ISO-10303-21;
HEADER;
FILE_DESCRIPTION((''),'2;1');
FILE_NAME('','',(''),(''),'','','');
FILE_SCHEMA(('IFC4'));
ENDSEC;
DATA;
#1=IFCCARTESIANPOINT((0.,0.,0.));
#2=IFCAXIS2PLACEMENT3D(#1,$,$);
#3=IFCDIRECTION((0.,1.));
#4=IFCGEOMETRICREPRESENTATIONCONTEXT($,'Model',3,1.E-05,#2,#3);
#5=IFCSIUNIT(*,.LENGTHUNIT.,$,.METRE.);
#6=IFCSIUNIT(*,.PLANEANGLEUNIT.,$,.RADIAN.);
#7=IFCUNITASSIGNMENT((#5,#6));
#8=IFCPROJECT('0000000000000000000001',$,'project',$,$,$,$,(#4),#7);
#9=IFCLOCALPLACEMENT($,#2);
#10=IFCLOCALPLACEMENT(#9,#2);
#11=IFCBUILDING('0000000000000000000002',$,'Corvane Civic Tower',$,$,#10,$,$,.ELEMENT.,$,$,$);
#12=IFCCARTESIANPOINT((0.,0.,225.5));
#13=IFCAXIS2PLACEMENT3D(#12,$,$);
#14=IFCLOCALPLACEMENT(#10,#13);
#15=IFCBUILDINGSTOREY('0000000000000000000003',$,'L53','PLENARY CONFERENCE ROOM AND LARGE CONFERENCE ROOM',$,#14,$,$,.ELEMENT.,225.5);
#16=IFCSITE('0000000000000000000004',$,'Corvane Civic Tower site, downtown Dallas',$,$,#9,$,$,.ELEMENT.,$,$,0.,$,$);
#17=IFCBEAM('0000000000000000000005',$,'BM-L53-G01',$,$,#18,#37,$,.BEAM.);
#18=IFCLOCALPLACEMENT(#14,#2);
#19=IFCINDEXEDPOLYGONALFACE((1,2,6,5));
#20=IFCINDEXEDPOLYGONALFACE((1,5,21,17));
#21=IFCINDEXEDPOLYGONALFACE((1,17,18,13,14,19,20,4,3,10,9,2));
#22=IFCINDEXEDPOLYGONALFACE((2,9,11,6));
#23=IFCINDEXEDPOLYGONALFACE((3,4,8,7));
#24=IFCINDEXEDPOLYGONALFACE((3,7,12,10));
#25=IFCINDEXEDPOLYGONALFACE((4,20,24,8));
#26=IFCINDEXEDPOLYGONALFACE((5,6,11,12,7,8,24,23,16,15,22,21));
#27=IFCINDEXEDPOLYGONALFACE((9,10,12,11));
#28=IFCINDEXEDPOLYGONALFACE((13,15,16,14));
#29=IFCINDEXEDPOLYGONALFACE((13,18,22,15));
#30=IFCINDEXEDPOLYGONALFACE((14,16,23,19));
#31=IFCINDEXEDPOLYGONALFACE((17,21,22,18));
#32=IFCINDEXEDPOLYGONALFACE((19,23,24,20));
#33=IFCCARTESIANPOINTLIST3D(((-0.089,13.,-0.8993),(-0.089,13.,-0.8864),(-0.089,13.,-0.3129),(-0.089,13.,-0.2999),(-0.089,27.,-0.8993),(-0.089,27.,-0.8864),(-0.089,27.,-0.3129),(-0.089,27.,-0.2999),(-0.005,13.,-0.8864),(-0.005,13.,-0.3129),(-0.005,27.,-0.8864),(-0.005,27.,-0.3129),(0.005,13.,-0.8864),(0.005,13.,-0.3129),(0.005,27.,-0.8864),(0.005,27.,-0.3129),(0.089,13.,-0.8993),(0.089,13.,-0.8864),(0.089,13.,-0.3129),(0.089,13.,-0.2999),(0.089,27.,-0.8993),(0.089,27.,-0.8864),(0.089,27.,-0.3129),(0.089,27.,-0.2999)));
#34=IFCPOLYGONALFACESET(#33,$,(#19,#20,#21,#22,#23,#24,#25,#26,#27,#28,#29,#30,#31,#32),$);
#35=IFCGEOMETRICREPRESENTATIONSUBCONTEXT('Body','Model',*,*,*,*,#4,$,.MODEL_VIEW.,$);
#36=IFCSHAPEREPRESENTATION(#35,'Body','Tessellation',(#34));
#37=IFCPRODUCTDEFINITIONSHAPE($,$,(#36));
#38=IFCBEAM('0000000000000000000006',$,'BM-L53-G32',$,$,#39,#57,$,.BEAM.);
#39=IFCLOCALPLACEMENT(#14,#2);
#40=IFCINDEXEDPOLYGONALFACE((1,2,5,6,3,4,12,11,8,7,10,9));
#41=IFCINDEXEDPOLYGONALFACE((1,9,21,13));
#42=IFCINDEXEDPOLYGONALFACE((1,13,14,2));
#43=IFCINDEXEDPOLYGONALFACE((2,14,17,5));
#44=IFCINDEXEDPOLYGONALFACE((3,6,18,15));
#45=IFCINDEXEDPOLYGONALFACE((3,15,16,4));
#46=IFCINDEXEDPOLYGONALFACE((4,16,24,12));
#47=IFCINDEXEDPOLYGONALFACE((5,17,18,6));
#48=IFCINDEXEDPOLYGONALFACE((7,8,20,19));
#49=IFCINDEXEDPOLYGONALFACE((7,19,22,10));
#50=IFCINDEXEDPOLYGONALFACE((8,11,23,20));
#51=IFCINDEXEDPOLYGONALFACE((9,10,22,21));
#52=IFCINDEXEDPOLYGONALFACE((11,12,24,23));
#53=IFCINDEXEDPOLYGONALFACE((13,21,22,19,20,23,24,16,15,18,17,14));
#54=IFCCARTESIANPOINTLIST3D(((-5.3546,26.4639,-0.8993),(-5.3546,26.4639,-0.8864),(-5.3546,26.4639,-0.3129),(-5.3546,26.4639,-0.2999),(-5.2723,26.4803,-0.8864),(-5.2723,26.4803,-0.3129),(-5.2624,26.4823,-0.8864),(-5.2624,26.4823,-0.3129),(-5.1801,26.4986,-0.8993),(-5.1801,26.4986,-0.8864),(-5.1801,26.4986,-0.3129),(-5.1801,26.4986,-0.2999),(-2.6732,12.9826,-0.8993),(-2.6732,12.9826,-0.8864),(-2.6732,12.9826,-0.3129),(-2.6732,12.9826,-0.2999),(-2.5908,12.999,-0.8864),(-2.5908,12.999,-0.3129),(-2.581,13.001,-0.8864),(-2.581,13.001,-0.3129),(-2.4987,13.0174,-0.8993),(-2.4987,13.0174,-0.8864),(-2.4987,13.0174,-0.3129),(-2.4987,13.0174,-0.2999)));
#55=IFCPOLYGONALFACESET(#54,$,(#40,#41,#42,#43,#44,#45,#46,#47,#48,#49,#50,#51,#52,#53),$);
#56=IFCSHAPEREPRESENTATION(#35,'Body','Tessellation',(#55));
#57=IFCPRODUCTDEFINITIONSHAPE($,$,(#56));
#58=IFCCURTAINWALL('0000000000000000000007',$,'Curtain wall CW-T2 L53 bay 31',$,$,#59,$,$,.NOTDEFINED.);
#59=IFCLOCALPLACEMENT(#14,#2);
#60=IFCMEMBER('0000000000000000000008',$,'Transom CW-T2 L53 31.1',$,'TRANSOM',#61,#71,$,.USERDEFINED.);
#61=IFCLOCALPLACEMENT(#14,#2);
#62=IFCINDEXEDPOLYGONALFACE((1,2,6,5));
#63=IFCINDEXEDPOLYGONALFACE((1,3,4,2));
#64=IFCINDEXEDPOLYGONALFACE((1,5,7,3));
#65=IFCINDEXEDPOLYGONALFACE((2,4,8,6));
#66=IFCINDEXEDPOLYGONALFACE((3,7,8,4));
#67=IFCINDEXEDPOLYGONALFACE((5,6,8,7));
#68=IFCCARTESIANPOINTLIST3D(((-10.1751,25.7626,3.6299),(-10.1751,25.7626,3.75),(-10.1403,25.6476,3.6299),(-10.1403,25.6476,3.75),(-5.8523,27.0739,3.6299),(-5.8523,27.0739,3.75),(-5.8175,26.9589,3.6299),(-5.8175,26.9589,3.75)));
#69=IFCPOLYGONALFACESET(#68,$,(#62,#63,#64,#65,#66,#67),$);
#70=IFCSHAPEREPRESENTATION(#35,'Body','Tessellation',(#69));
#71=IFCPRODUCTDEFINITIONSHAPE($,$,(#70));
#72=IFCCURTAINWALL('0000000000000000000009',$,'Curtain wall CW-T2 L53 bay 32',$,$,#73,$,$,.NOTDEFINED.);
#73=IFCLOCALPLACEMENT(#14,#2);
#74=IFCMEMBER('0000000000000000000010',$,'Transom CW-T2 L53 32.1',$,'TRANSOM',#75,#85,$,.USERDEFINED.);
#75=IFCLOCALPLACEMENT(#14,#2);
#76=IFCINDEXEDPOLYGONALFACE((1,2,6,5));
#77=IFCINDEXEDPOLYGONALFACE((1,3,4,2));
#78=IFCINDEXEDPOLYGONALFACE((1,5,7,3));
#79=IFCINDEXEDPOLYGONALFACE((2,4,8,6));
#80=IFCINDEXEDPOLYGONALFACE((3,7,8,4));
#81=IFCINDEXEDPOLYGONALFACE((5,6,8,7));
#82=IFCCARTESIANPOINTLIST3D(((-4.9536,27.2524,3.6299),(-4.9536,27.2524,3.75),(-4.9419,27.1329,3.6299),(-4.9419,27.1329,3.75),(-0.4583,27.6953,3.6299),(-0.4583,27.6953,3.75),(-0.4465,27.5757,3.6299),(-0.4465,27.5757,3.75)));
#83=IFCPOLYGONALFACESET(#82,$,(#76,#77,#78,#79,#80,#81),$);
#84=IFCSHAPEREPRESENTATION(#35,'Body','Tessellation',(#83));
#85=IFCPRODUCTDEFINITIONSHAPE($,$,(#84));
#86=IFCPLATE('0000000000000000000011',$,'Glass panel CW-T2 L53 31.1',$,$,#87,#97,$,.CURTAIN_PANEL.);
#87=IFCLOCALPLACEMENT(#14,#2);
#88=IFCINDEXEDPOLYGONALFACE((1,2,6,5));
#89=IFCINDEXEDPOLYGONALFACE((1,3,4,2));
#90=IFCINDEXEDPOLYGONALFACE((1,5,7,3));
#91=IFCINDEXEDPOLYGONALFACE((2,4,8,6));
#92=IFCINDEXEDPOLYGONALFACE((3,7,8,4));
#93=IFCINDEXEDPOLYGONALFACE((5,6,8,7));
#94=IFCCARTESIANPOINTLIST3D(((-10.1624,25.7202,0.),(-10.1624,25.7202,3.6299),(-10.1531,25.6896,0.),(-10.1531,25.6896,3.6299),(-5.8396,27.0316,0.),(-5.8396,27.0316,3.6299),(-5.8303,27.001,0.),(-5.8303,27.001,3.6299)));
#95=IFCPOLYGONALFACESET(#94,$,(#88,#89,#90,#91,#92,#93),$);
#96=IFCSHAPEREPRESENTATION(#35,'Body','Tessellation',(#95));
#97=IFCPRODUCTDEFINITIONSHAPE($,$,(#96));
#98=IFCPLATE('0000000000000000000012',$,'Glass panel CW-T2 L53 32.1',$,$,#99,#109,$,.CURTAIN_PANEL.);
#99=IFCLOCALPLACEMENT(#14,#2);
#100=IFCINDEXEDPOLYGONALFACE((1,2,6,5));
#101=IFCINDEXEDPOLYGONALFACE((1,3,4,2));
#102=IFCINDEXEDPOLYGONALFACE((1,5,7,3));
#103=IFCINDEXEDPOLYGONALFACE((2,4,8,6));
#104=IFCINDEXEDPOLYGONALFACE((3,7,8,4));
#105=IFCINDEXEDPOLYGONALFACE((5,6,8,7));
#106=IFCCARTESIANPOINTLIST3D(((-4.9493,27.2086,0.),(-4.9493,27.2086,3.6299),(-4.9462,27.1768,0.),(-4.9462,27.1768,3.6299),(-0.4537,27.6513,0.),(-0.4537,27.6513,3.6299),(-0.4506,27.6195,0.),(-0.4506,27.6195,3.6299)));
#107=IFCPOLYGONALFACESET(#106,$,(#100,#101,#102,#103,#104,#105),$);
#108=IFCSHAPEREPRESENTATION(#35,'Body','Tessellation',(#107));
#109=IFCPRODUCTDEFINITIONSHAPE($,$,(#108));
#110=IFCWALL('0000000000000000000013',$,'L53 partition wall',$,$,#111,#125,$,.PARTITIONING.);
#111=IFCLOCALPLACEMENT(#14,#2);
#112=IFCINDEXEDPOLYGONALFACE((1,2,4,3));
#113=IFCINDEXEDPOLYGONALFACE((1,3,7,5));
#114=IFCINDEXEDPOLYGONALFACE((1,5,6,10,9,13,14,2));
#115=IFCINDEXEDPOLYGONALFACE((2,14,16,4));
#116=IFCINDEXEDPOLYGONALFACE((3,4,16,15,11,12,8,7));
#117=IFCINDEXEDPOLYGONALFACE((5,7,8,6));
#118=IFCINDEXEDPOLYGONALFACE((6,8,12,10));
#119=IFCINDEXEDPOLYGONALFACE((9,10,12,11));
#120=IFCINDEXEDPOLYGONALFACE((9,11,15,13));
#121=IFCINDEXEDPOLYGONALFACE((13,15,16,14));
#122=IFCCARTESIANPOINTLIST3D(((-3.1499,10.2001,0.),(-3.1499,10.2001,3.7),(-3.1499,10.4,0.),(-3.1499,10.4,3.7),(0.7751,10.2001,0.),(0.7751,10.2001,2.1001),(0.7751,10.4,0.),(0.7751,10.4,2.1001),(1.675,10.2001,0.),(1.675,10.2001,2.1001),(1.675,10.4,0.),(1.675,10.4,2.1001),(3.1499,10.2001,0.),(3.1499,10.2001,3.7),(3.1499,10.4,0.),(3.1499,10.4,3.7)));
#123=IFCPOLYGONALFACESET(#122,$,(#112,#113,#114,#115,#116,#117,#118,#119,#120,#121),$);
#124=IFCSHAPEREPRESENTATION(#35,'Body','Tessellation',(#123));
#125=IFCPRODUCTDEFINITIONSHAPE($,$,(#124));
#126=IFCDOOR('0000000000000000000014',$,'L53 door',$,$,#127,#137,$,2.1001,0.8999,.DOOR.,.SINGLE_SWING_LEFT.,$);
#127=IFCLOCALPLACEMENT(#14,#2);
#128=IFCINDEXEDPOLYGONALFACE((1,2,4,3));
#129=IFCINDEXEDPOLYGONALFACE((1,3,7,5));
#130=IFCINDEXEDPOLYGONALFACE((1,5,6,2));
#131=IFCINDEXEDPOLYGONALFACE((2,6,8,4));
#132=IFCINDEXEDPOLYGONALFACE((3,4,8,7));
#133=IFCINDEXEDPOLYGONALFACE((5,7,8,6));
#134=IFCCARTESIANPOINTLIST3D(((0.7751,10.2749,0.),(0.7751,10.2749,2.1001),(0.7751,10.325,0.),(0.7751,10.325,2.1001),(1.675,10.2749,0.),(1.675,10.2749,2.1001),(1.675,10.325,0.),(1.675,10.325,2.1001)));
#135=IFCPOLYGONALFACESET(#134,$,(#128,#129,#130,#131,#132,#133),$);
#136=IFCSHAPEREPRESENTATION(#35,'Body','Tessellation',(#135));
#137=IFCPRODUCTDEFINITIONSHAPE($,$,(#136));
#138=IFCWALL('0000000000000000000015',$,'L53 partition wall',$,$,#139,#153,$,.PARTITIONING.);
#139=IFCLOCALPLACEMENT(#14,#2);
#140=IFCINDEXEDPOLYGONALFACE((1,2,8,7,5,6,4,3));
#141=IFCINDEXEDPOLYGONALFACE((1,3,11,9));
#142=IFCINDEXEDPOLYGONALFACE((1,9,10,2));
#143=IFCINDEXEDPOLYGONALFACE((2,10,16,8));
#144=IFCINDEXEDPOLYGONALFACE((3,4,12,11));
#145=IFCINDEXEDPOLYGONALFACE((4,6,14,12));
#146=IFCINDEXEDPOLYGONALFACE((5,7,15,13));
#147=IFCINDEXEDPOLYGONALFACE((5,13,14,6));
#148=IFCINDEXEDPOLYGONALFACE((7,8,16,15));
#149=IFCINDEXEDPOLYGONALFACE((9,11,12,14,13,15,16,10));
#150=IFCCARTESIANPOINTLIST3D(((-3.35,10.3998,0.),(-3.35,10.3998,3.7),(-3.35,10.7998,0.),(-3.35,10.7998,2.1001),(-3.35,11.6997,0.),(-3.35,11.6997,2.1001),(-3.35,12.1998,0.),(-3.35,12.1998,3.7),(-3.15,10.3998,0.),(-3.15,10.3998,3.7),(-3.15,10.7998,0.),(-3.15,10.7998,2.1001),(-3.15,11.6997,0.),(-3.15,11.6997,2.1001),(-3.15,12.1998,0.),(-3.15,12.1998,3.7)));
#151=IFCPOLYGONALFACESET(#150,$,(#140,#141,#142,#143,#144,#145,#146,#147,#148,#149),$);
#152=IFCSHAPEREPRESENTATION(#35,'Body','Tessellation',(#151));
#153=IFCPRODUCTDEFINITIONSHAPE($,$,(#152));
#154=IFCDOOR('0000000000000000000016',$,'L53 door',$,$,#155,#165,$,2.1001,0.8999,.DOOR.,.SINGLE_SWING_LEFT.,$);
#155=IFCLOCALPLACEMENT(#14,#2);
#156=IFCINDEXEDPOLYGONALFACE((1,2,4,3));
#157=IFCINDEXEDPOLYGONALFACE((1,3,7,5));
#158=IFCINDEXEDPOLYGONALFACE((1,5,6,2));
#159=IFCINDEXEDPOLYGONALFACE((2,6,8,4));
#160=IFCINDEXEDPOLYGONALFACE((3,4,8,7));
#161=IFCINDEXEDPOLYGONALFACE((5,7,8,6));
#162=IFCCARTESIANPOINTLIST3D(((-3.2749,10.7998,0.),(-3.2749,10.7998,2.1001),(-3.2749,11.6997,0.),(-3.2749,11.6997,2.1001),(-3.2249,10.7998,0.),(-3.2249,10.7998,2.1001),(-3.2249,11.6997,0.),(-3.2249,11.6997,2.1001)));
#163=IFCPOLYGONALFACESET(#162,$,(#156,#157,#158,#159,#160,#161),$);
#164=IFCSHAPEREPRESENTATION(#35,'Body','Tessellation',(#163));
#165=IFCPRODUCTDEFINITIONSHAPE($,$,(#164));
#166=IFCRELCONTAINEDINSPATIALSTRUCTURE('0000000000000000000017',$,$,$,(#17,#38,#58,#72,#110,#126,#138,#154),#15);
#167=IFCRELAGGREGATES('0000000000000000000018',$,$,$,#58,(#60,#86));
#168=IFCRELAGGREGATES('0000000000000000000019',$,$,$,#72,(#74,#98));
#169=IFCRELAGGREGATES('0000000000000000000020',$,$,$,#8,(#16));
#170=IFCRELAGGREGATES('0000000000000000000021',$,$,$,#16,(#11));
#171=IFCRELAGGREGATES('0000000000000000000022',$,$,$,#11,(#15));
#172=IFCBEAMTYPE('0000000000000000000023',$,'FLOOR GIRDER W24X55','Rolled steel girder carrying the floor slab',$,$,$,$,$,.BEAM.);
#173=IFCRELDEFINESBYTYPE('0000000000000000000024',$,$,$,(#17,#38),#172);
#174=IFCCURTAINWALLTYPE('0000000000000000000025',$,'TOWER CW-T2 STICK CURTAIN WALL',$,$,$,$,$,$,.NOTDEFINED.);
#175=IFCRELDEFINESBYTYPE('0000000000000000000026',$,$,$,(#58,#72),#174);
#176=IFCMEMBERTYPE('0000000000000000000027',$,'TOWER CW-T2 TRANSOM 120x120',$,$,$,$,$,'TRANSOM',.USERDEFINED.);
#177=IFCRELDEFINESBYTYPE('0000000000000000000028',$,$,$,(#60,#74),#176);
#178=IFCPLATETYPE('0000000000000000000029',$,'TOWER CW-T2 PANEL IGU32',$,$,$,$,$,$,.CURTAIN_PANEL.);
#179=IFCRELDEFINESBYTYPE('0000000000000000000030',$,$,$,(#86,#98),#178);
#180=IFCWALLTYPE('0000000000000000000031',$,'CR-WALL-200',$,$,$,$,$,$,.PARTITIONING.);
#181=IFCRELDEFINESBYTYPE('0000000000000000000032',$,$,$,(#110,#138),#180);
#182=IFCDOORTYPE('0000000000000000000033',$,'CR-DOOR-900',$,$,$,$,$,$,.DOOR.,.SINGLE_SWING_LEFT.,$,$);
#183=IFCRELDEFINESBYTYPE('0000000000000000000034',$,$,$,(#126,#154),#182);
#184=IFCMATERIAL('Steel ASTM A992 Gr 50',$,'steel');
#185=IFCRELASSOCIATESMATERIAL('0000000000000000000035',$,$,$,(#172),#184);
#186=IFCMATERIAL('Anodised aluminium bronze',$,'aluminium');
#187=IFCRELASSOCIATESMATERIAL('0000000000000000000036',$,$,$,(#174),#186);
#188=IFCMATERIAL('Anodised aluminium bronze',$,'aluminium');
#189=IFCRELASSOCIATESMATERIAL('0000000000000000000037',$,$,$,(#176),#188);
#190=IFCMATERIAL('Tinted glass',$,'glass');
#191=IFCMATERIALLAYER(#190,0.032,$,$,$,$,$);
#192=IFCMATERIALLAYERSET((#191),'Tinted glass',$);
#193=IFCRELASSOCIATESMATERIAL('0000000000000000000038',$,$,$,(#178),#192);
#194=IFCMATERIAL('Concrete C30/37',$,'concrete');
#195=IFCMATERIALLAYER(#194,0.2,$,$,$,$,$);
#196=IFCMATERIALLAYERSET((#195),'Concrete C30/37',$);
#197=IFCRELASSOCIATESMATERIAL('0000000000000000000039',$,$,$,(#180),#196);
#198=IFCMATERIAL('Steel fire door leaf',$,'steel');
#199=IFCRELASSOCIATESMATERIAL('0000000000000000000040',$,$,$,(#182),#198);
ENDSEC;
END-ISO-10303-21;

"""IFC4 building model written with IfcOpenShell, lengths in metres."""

from ifc_helpers import new_model, si_unit, direction, frame, frame_2d, origin, origin_2d, place, context, subcontext, project, spatial, rectangle, i_section, extrude, material, layer, layer_set, material_profile, profile_set, type_object, element, fill, aggregate, save


model = new_model("IFC4")

# Units and contexts
model_context = context("Model", 3, precision=1e-05, world=origin(), true_north=direction((0.0, 1.0)))
body_context = subcontext(model_context, "Body", "Model", "MODEL_VIEW")
ifc_project = project(units=[si_unit("LENGTHUNIT", "METRE"), si_unit("PLANEANGLEUNIT", "RADIAN")], contexts=[model_context])

# Site, building, storey
site_placement = place(None, origin())
site = spatial("IfcSite", under=ifc_project, at=site_placement, Name="Corvane Civic Tower site, downtown Dallas", CompositionType="ELEMENT", RefElevation=0.0)
building_placement = place(site_placement, origin())
building = spatial("IfcBuilding", under=site, at=building_placement, Name="Corvane Civic Tower", CompositionType="ELEMENT")
storey_placement = place(building_placement, frame((0.0, 0.0, 225.5)))
storey = spatial("IfcBuildingStorey", under=building, at=storey_placement, Name="L53", Description="PLENARY CONFERENCE ROOM AND LARGE CONFERENCE ROOM", CompositionType="ELEMENT", Elevation=225.5)

# Beams
ifc_material_1 = material(Name="Steel ASTM A992 Gr 50", Category="steel")
ifc_material_profile_1 = material_profile(ifc_material_1, i_section(OverallWidth=0.178, OverallDepth=0.5994, WebThickness=0.01, FlangeThickness=0.0129, at=origin_2d()), Name="W24X55")
ifc_profile_set_1 = profile_set([ifc_material_profile_1], Name="Steel ASTM A992 Gr 50")
beam_type_1 = type_object("IfcBeamType", Name="FLOOR GIRDER W24X55", Description="Rolled steel girder carrying the floor slab", PredefinedType="BEAM", material=ifc_profile_set_1)
beam_1_placement = place(storey_placement, frame((0.0, 13.0, -0.5996), z_axis=(0.0, 1.0, 0.0), x_axis=(-1.0, 0.0, 0.0)))
element("IfcBeam", 1, at=beam_1_placement, inside=storey, type_object=beam_type_1, Name="BM-L53-G01", PredefinedType="BEAM", context=body_context, shape_type="SweptSolid", body=[
    extrude(i_section(OverallWidth=0.178, OverallDepth=0.5994, WebThickness=0.01, FlangeThickness=0.0129, at=origin_2d()), origin(), (0.0, 0.0, 1.0), 14.0),
])
beam_2_placement = place(storey_placement, frame((-2.5859, 13.0, -0.5996), z_axis=(-0.195078, 0.980788, 0.0), x_axis=(-0.980788, -0.195078, 0.0)))
element("IfcBeam", 2, at=beam_2_placement, inside=storey, type_object=beam_type_1, Name="BM-L53-G32", PredefinedType="BEAM", context=body_context, shape_type="SweptSolid", body=[
    extrude(i_section(OverallWidth=0.178, OverallDepth=0.5994, WebThickness=0.01, FlangeThickness=0.0129, at=origin_2d()), origin(), (0.0, 0.0, 1.0), 13.7454),
])

# Curtain walls, members
ifc_material_2 = material(Name="Anodised aluminium bronze", Category="aluminium")
curtain_wall_type = type_object("IfcCurtainWallType", Name="TOWER CW-T2 STICK CURTAIN WALL", PredefinedType="NOTDEFINED", material=ifc_material_2)
curtain_wall_1_placement = place(storey_placement, origin())
curtain_wall_1 = element("IfcCurtainWall", 3, at=curtain_wall_1_placement, inside=storey, type_object=curtain_wall_type, Name="Curtain wall CW-T2 L53 bay 31", PredefinedType="NOTDEFINED")
ifc_material_3 = material(Name="Anodised aluminium bronze", Category="aluminium")
ifc_material_profile_2 = material_profile(ifc_material_3, rectangle(XDim=0.1201, YDim=0.1201, at=origin_2d()), Name="TOWER CW-T2 TRANSOM 120x120")
ifc_profile_set_2 = profile_set([ifc_material_profile_2], Name="Anodised aluminium bronze")
member_type = type_object("IfcMemberType", Name="TOWER CW-T2 TRANSOM 120x120", ElementType="TRANSOM", PredefinedType="USERDEFINED", material=ifc_profile_set_2)
member_1_placement = place(storey_placement, frame((-10.1577, 25.7051, 3.6899), z_axis=(0.956941, 0.290282, 0.0), x_axis=(-0.290282, 0.956941, 0.0)))
member_1 = element("IfcMember", 4, at=member_1_placement, type_object=member_type, Name="Transom CW-T2 L53 31.1", ObjectType="TRANSOM", PredefinedType="USERDEFINED", context=body_context, shape_type="SweptSolid", body=[
    extrude(rectangle(XDim=0.1201, YDim=0.1201, at=origin_2d()), origin(), (0.0, 0.0, 1.0), 4.5173),
])
curtain_wall_2_placement = place(storey_placement, origin())
curtain_wall_2 = element("IfcCurtainWall", 5, at=curtain_wall_2_placement, inside=storey, type_object=curtain_wall_type, Name="Curtain wall CW-T2 L53 bay 32", PredefinedType="NOTDEFINED")
member_2_placement = place(storey_placement, frame((-4.9478, 27.1926, 3.6899), z_axis=(0.995182, 0.098043, 0.0), x_axis=(-0.098043, 0.995182, 0.0)))
member_2 = element("IfcMember", 6, at=member_2_placement, type_object=member_type, Name="Transom CW-T2 L53 32.1", ObjectType="TRANSOM", PredefinedType="USERDEFINED", context=body_context, shape_type="SweptSolid", body=[
    extrude(rectangle(XDim=0.1201, YDim=0.1201, at=origin_2d()), origin(), (0.0, 0.0, 1.0), 4.5171),
])

# Plates
ifc_material_4 = material(Name="Tinted glass", Category="glass")
ifc_layer_1 = layer(ifc_material_4, 0.032)
ifc_layer_set_1 = layer_set([ifc_layer_1], Name="Tinted glass")
plate_type = type_object("IfcPlateType", Name="TOWER CW-T2 PANEL IGU32", PredefinedType="CURTAIN_PANEL", material=ifc_layer_set_1)
plate_1_placement = place(storey_placement, frame((-7.9963, 26.3606, 0.0), z_axis=(0.0, 0.0, 1.0), x_axis=(0.956939, 0.29029, 0.0)))
plate_1 = element("IfcPlate", 7, at=plate_1_placement, type_object=plate_type, Name="Glass panel CW-T2 L53 31.1", PredefinedType="CURTAIN_PANEL", context=body_context, shape_type="SweptSolid", body=[
    extrude(rectangle(XDim=4.5173, YDim=0.032, at=origin_2d()), origin(), (0.0, 0.0, 1.0), 3.6299),
])
aggregate(curtain_wall_1, [member_1, plate_1])
plate_2_placement = place(storey_placement, frame((-2.7, 27.4141, 0.0), z_axis=(0.0, 0.0, 1.0), x_axis=(0.995187, 0.097993, 0.0)))
plate_2 = element("IfcPlate", 8, at=plate_2_placement, type_object=plate_type, Name="Glass panel CW-T2 L53 32.1", PredefinedType="CURTAIN_PANEL", context=body_context, shape_type="SweptSolid", body=[
    extrude(rectangle(XDim=4.5173, YDim=0.032, at=origin_2d()), origin(), (0.0, 0.0, 1.0), 3.6299),
])
aggregate(curtain_wall_2, [member_2, plate_2])

# Walls, openings, doors
ifc_material_5 = material(Name="Concrete C30/37", Category="concrete")
ifc_layer_2 = layer(ifc_material_5, 0.2)
ifc_layer_set_2 = layer_set([ifc_layer_2], Name="Concrete C30/37")
wall_type = type_object("IfcWallType", Name="CR-WALL-200", PredefinedType="PARTITIONING", material=ifc_layer_set_2)
wall_1_placement = place(storey_placement, frame((-3.1499, 10.3, 0.0), z_axis=(0.0, 0.0, 1.0), x_axis=(1.0, 0.0, 0.0)))
wall_1 = element("IfcWall", 9, at=wall_1_placement, inside=storey, type_object=wall_type, Name="L53 partition wall", PredefinedType="PARTITIONING", context=body_context, shape_type="SweptSolid", body=[
    extrude(rectangle(XDim=6.2998, YDim=0.2, at=frame_2d((3.1499, 0.0))), origin(), (0.0, 0.0, 1.0), 3.7),
])
opening_1_placement = place(wall_1_placement, frame((3.925, 0.0, 0.0)))
opening_1 = element("IfcOpeningElement", 10, at=opening_1_placement, cuts=wall_1, PredefinedType="OPENING", context=body_context, shape_type="SweptSolid", body=[
    extrude(rectangle(XDim=0.8999, YDim=2.1001, at=frame_2d((0.45, 1.05))), frame((0.0, 0.1099, 0.0), z_axis=(0.0, -1.0, 0.0), x_axis=(1.0, 0.0, 0.0)), (0.0, 0.0, 1.0), 0.22),
])
ifc_material_6 = material(Name="Steel fire door leaf", Category="steel")
door_type = type_object("IfcDoorType", Name="CR-DOOR-900", OperationType="SINGLE_SWING_LEFT", PredefinedType="DOOR", material=ifc_material_6)
door_1_placement = place(opening_1_placement, origin())
door_1 = element("IfcDoor", 11, at=door_1_placement, inside=storey, type_object=door_type, Name="L53 door", OperationType="SINGLE_SWING_LEFT", OverallHeight=2.1001, OverallWidth=0.8999, PredefinedType="DOOR", context=body_context, shape_type="SweptSolid", body=[
    extrude(rectangle(XDim=0.8999, YDim=2.1001, at=frame_2d((0.45, 1.05))), frame((0.0, 0.0249, 0.0), z_axis=(0.0, -1.0, 0.0), x_axis=(1.0, 0.0, 0.0)), (0.0, 0.0, 1.0), 0.05),
])
fill(opening_1, door_1)
wall_2_placement = place(storey_placement, frame((-3.25, 10.3999, 0.0), z_axis=(0.0, 0.0, 1.0), x_axis=(0.0, 1.0, 0.0)))
wall_2 = element("IfcWall", 12, at=wall_2_placement, inside=storey, type_object=wall_type, Name="L53 partition wall", PredefinedType="PARTITIONING", context=body_context, shape_type="SweptSolid", body=[
    extrude(rectangle(XDim=1.8, YDim=0.2, at=frame_2d((0.8999, 0.0))), origin(), (0.0, 0.0, 1.0), 3.7),
])
opening_2_placement = place(wall_2_placement, frame((0.3999, 0.0, 0.0)))
opening_2 = element("IfcOpeningElement", 13, at=opening_2_placement, cuts=wall_2, PredefinedType="OPENING", context=body_context, shape_type="SweptSolid", body=[
    extrude(rectangle(XDim=0.8999, YDim=2.1001, at=frame_2d((0.45, 1.05))), frame((0.0, 0.1099, 0.0), z_axis=(0.0, -1.0, 0.0), x_axis=(1.0, 0.0, 0.0)), (0.0, 0.0, 1.0), 0.22),
])
door_2_placement = place(opening_2_placement, origin())
door_2 = element("IfcDoor", 14, at=door_2_placement, inside=storey, type_object=door_type, Name="L53 door", OperationType="SINGLE_SWING_LEFT", OverallHeight=2.1001, OverallWidth=0.8999, PredefinedType="DOOR", context=body_context, shape_type="SweptSolid", body=[
    extrude(rectangle(XDim=0.8999, YDim=2.1001, at=frame_2d((0.45, 1.05))), frame((0.0, 0.0249, 0.0), z_axis=(0.0, -1.0, 0.0), x_axis=(1.0, 0.0, 0.0)), (0.0, 0.0, 1.0), 0.05),
])
fill(opening_2, door_2)

save(model, "model.ifc")
